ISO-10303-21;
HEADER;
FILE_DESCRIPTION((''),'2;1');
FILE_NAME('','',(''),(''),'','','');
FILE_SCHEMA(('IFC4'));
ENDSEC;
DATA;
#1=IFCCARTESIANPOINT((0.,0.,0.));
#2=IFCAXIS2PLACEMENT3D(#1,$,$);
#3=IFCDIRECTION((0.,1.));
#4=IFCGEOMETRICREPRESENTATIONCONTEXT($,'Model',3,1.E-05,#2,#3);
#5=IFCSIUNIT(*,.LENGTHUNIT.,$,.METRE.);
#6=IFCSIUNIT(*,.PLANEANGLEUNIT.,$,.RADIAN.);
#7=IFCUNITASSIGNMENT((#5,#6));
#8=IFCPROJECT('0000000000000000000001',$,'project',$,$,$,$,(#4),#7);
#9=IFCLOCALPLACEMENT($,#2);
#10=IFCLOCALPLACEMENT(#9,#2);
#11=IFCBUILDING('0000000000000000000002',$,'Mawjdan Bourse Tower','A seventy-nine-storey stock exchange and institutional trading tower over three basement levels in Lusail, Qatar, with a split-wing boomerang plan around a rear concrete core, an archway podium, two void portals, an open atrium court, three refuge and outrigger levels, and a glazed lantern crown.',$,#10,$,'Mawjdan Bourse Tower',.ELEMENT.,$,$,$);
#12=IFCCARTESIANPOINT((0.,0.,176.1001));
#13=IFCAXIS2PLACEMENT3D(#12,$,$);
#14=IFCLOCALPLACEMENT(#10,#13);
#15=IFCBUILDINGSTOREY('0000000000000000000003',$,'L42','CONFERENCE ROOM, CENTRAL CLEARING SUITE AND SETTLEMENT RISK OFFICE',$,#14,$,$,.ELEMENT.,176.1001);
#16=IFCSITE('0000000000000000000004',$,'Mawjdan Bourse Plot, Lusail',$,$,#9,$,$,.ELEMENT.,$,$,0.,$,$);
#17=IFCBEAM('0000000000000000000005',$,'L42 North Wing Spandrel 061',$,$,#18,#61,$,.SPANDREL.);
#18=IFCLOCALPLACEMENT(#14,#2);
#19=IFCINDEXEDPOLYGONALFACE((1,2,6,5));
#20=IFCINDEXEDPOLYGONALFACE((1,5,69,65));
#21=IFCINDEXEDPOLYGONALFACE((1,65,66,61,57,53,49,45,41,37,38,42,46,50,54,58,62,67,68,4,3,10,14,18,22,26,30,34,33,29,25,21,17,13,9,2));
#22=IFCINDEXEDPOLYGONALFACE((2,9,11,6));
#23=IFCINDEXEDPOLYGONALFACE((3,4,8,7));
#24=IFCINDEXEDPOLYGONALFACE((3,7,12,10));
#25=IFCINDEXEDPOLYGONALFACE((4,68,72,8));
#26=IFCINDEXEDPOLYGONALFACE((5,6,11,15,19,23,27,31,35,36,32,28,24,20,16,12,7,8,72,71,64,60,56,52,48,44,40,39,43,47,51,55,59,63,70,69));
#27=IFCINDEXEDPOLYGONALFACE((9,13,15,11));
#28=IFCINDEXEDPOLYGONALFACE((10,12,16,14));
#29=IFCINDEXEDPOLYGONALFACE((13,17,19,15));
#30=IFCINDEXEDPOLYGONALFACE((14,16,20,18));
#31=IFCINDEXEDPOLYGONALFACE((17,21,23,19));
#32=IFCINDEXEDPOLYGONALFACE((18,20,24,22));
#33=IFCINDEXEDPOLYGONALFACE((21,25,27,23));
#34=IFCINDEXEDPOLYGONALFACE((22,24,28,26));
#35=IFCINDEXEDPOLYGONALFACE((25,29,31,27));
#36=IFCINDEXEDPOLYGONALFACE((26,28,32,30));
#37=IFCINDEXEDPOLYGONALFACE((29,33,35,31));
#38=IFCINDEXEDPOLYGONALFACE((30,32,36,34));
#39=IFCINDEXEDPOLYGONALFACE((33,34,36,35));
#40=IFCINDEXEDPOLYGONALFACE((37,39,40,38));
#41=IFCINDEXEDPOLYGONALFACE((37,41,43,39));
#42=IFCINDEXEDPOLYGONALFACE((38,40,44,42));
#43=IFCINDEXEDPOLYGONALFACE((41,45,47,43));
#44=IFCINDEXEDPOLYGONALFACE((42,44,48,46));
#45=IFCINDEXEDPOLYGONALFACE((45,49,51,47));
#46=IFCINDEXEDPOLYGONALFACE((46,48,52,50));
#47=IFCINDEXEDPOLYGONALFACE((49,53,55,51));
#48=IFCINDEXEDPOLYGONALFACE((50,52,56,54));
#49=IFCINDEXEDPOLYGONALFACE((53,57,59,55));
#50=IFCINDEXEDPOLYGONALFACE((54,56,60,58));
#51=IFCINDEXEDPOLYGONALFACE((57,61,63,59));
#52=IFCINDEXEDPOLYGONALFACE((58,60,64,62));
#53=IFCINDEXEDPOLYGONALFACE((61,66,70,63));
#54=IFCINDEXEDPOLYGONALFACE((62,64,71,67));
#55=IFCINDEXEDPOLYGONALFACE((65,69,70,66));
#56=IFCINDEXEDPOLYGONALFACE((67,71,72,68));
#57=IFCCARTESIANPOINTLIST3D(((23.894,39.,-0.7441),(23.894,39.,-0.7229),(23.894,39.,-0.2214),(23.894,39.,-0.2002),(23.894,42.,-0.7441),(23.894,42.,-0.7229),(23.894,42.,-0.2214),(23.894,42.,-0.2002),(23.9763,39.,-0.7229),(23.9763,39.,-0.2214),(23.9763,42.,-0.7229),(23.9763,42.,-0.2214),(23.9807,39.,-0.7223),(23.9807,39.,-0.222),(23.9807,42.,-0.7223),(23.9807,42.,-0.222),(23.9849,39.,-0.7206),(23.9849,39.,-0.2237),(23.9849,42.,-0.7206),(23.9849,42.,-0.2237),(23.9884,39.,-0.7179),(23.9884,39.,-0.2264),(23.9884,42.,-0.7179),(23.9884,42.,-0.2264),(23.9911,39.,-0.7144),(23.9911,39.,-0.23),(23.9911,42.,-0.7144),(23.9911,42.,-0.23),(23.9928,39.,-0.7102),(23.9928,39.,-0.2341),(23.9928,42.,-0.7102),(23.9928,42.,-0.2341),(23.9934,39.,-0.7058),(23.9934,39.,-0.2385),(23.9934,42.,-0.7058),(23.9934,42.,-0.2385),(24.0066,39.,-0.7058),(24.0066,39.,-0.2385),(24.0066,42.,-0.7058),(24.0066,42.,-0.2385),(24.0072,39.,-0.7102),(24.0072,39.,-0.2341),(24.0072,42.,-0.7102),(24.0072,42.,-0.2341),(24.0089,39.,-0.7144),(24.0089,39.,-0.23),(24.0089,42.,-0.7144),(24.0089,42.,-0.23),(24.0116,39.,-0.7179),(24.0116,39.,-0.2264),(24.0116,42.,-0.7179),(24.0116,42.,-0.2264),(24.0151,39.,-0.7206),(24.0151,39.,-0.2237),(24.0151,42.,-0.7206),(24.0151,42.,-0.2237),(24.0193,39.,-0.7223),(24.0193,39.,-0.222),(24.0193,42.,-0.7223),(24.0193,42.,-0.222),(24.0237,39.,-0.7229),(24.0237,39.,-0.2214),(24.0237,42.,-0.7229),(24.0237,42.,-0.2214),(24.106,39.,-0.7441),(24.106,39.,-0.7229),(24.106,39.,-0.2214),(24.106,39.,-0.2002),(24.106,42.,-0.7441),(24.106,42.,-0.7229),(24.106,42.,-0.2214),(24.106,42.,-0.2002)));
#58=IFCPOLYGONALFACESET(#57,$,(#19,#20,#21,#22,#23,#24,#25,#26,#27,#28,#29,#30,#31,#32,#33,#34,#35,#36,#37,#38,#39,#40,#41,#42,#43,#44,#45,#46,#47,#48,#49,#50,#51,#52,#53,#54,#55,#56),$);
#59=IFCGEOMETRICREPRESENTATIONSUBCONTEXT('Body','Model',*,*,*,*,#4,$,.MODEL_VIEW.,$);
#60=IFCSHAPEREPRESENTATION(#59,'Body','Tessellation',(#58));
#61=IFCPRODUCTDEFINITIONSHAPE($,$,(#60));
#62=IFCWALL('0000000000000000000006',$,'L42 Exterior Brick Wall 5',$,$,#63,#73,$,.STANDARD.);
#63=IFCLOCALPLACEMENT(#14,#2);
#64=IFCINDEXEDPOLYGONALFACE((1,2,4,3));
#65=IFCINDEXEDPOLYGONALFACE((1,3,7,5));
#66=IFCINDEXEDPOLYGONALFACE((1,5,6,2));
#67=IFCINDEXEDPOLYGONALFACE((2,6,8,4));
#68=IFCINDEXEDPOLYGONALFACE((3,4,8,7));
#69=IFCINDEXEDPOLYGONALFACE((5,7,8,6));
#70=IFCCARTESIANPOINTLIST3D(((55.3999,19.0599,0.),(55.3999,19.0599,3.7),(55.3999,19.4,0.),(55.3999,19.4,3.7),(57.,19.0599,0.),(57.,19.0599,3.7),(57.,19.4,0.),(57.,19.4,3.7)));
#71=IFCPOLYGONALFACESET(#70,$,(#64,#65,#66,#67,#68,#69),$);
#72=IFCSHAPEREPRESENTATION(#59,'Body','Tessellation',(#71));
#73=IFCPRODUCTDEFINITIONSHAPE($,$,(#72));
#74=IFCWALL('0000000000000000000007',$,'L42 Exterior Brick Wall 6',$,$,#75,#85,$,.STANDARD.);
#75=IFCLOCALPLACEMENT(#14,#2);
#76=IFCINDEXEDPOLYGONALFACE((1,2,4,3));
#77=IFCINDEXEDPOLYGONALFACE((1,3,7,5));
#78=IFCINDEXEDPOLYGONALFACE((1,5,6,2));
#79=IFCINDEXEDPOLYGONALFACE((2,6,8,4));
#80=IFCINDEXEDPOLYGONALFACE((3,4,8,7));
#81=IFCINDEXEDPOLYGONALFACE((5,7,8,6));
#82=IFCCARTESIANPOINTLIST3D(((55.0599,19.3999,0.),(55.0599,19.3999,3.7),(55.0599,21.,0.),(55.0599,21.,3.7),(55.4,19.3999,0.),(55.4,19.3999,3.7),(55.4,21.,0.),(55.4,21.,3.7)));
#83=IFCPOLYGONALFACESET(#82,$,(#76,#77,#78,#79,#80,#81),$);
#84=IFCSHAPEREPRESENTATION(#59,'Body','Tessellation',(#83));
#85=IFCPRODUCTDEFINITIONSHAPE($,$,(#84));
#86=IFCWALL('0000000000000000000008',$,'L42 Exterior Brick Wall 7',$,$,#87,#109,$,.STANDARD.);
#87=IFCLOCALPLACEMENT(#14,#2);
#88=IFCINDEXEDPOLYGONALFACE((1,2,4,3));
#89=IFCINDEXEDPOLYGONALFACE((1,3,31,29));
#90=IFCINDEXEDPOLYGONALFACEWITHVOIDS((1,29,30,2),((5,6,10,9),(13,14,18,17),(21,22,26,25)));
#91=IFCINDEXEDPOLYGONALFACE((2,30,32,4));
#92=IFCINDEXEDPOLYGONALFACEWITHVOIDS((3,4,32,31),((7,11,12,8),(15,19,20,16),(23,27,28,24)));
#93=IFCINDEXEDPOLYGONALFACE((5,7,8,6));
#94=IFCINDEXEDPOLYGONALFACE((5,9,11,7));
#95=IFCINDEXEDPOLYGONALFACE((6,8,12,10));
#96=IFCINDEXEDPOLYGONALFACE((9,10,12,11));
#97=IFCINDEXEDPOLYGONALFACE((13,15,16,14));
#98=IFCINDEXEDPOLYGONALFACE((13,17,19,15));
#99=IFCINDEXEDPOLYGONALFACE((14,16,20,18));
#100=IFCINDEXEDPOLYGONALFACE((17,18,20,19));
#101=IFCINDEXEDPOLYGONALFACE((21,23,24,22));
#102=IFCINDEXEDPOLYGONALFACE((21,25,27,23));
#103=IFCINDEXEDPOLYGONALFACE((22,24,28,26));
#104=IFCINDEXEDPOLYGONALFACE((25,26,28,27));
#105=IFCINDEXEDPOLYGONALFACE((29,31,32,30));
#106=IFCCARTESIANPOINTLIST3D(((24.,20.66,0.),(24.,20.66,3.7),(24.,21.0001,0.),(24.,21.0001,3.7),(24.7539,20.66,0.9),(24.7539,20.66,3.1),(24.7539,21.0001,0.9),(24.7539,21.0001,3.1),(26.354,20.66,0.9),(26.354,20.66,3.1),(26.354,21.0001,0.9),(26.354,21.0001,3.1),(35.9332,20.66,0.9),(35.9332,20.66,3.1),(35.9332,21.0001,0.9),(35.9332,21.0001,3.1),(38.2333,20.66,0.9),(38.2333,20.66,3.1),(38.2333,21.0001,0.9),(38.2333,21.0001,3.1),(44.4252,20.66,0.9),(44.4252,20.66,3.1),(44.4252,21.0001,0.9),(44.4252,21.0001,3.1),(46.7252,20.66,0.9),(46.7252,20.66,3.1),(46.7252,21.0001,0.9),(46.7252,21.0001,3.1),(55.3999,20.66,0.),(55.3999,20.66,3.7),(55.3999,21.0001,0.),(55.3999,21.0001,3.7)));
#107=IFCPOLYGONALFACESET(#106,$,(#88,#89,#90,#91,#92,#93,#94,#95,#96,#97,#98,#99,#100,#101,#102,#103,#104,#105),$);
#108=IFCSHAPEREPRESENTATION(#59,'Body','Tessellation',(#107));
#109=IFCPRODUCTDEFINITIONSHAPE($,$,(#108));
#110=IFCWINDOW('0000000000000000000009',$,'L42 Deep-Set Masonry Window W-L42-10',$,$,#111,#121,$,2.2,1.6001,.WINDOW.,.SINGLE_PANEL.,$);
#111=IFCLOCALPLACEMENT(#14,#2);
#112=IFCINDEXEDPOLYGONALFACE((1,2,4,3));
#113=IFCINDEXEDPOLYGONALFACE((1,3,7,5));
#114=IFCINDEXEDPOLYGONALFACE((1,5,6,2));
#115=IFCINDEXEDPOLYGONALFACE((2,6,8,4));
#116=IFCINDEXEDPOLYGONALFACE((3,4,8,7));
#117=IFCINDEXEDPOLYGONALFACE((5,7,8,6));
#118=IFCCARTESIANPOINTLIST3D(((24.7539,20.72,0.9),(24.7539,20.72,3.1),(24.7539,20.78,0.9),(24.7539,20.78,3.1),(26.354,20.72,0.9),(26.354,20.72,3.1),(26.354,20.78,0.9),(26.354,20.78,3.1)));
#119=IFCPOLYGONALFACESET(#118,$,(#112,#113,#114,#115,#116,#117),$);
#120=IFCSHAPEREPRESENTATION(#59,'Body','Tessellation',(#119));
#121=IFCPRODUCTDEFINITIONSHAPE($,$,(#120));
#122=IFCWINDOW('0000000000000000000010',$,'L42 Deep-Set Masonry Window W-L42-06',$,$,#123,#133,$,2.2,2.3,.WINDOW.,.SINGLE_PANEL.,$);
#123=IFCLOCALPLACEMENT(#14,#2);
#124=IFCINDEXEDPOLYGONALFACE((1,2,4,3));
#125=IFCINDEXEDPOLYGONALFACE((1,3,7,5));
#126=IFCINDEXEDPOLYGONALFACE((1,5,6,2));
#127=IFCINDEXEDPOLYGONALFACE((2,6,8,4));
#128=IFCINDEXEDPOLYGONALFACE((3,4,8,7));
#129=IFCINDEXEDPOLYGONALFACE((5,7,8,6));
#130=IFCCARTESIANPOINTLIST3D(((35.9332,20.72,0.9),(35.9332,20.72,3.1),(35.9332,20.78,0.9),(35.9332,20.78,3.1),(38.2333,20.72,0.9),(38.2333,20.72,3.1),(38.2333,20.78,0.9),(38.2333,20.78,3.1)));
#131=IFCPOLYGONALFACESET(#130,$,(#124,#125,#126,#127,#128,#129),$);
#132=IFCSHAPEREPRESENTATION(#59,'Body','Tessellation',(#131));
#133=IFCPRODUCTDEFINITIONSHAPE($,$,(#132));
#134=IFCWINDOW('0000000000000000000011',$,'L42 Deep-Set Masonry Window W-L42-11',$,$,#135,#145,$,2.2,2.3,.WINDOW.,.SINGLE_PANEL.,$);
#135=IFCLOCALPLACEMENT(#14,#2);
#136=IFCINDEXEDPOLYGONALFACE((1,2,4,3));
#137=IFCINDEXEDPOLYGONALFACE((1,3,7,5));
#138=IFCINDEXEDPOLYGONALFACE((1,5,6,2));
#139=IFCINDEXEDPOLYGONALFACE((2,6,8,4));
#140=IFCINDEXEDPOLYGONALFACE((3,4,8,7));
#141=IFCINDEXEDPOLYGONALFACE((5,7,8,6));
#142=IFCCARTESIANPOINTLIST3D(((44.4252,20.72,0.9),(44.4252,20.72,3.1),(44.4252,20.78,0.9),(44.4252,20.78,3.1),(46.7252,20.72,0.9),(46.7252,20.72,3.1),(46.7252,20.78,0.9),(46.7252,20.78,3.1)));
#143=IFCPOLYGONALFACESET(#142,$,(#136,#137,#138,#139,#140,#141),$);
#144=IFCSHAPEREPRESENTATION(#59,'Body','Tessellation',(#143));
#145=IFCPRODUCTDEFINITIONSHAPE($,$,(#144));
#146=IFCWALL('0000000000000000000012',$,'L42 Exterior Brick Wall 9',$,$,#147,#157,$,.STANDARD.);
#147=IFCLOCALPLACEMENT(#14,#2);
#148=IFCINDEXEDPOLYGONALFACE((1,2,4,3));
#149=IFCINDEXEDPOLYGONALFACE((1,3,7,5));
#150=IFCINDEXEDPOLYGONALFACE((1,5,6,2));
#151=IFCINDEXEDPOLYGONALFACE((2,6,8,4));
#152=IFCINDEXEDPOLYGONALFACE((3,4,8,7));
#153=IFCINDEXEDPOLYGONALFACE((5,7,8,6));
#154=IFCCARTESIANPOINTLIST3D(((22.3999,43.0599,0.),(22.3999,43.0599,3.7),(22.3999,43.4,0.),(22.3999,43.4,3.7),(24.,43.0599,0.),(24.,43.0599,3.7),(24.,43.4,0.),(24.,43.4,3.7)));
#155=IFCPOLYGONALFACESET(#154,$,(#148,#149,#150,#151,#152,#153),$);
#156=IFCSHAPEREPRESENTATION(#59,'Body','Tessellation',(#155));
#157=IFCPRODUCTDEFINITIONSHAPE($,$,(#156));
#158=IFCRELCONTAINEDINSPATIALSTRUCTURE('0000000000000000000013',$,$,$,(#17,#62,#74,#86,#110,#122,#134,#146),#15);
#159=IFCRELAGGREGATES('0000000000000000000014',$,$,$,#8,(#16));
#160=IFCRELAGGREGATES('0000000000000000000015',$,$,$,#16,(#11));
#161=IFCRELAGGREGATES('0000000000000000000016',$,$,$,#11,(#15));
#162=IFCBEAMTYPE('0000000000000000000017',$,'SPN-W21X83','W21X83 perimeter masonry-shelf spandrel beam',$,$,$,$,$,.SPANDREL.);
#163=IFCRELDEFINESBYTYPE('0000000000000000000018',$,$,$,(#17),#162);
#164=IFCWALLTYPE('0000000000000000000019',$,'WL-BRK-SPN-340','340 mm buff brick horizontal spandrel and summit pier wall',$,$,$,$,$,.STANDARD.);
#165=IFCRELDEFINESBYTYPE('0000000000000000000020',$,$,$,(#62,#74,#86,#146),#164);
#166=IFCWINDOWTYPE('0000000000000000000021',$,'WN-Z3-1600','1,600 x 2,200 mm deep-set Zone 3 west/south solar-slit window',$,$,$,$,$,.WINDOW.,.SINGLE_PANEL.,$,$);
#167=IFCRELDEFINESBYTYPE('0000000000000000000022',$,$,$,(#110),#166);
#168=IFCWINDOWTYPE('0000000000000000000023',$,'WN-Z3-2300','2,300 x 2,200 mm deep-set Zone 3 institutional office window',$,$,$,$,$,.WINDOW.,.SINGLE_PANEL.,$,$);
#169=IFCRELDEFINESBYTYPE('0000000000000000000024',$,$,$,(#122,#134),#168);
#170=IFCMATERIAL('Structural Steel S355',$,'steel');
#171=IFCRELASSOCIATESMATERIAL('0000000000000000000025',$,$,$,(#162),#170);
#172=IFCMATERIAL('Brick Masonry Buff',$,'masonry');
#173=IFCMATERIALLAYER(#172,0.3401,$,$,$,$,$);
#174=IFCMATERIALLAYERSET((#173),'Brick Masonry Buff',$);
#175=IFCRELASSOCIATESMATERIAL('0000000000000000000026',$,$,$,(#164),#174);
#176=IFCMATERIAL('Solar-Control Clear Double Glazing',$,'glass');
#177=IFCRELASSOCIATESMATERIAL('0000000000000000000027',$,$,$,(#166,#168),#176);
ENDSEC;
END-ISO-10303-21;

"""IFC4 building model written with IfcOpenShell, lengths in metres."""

from ifc_helpers import new_model, si_unit, direction, frame, frame_2d, origin, origin_2d, place, context, subcontext, project, spatial, rectangle, i_section, extrude, material, layer, layer_set, material_profile, profile_set, type_object, element, fill, save


model = new_model("IFC4")

# Units and contexts
model_context = context("Model", 3, precision=1e-05, world=origin(), true_north=direction((0.0, 1.0)))
body_context = subcontext(model_context, "Body", "Model", "MODEL_VIEW")
ifc_project = project(units=[si_unit("LENGTHUNIT", "METRE"), si_unit("PLANEANGLEUNIT", "RADIAN")], contexts=[model_context])

# Site, building, storey
site_placement = place(None, origin())
site = spatial("IfcSite", under=ifc_project, at=site_placement, Name="Mawjdan Bourse Plot, Lusail", CompositionType="ELEMENT", RefElevation=0.0)
building_placement = place(site_placement, origin())
building = spatial("IfcBuilding", under=site, at=building_placement, Name="Mawjdan Bourse Tower", Description="A seventy-nine-storey stock exchange and institutional trading tower over three basement levels in Lusail, Qatar, with a split-wing boomerang plan around a rear concrete core, an archway podium, two void portals, an open atrium court, three refuge and outrigger levels, and a glazed lantern crown.", LongName="Mawjdan Bourse Tower", CompositionType="ELEMENT")
storey_placement = place(building_placement, frame((0.0, 0.0, 176.1001)))
storey = spatial("IfcBuildingStorey", under=building, at=storey_placement, Name="L42", Description="CONFERENCE ROOM, CENTRAL CLEARING SUITE AND SETTLEMENT RISK OFFICE", CompositionType="ELEMENT", Elevation=176.1001)

# Beam
ifc_material_1 = material(Name="Structural Steel S355", Category="steel")
ifc_material_profile_1 = material_profile(ifc_material_1, i_section(OverallWidth=0.2119, OverallDepth=0.5439, WebThickness=0.0132, FlangeThickness=0.0212, FilletRadius=0.0171, at=origin_2d()), Name="W21X83")
ifc_profile_set_1 = profile_set([ifc_material_profile_1], Name="Structural Steel S355")
beam_type_1 = type_object("IfcBeamType", Name="SPN-W21X83", Description="W21X83 perimeter masonry-shelf spandrel beam", PredefinedType="SPANDREL", material=ifc_profile_set_1)
for number, where, z_axis, x_axis, name in (
    (1, (24.0, 39.0, -0.4722), (0.0, 1.0, 0.0), (-1.0, 0.0, 0.0), "L42 North Wing Spandrel 061"),
):
    element("IfcBeam", number, at=place(storey_placement, frame(where, z_axis=z_axis, x_axis=x_axis)), inside=storey, type_object=beam_type_1, Name=name, PredefinedType="SPANDREL", context=body_context, shape_type="SweptSolid", body=[
        extrude(i_section(OverallWidth=0.2119, OverallDepth=0.5439, WebThickness=0.0132, FlangeThickness=0.0212, FilletRadius=0.0171, at=origin_2d()), origin(), (0.0, 0.0, 1.0), 3.0),
    ])

# Walls
ifc_material_2 = material(Name="Brick Masonry Buff", Category="masonry")
ifc_layer = layer(ifc_material_2, 0.3401)
ifc_layer_set = layer_set([ifc_layer], Name="Brick Masonry Buff")
wall_type = type_object("IfcWallType", Name="WL-BRK-SPN-340", Description="340 mm buff brick horizontal spandrel and summit pier wall", PredefinedType="STANDARD", material=ifc_layer_set)
for number, where, z_axis, x_axis, name in (
    (2, (57.0, 19.23, 0.0), (0.0, 0.0, 1.0), (-1.0, 0.0, 0.0), "L42 Exterior Brick Wall 5"),
    (3, (55.23, 19.3999, 0.0), (0.0, 0.0, 1.0), (0.0, 1.0, 0.0), "L42 Exterior Brick Wall 6"),
):
    element("IfcWall", number, at=place(storey_placement, frame(where, z_axis=z_axis, x_axis=x_axis)), inside=storey, type_object=wall_type, Name=name, PredefinedType="STANDARD", context=body_context, shape_type="SweptSolid", body=[
        extrude(rectangle(XDim=1.6001, YDim=0.3401, at=frame_2d((0.8, 0.0))), origin(), (0.0, 0.0, 1.0), 3.7),
    ])

# Wall, openings, windows
wall_1_placement = place(storey_placement, frame((55.3999, 20.8301, 0.0), z_axis=(0.0, 0.0, 1.0), x_axis=(-1.0, 0.0, 0.0)))
wall_1 = element("IfcWall", 4, at=wall_1_placement, inside=storey, type_object=wall_type, Name="L42 Exterior Brick Wall 7", PredefinedType="STANDARD", context=body_context, shape_type="SweptSolid", body=[
    extrude(rectangle(XDim=31.3999, YDim=0.3401, at=frame_2d((15.7, 0.0))), origin(), (0.0, 0.0, 1.0), 3.7),
])
opening_1_placement = place(wall_1_placement, frame((17.1667, 0.0, 0.8999)))
opening_1 = element("IfcOpeningElement", 5, at=opening_1_placement, cuts=wall_1, PredefinedType="OPENING", context=body_context, shape_type="SweptSolid", body=[
    extrude(rectangle(XDim=2.3, YDim=2.2, at=frame_2d((1.1499, 1.1001))), frame((0.0, 0.1802, 0.0), z_axis=(0.0, -1.0, 0.0), x_axis=(1.0, 0.0, 0.0)), (0.0, 0.0, 1.0), 0.3601),
])
opening_2_placement = place(wall_1_placement, frame((29.0459, 0.0, 0.8999)))
opening_2 = element("IfcOpeningElement", 6, at=opening_2_placement, cuts=wall_1, PredefinedType="OPENING", context=body_context, shape_type="SweptSolid", body=[
    extrude(rectangle(XDim=1.6001, YDim=2.2, at=frame_2d((0.8, 1.1001))), frame((0.0, 0.1802, 0.0), z_axis=(0.0, -1.0, 0.0), x_axis=(1.0, 0.0, 0.0)), (0.0, 0.0, 1.0), 0.3601),
])
opening_3_placement = place(wall_1_placement, frame((8.6748, 0.0, 0.8999)))
opening_3 = element("IfcOpeningElement", 7, at=opening_3_placement, cuts=wall_1, PredefinedType="OPENING", context=body_context, shape_type="SweptSolid", body=[
    extrude(rectangle(XDim=2.3, YDim=2.2, at=frame_2d((1.1499, 1.1001))), frame((0.0, 0.1802, 0.0), z_axis=(0.0, -1.0, 0.0), x_axis=(1.0, 0.0, 0.0)), (0.0, 0.0, 1.0), 0.3601),
])
ifc_material_3 = material(Name="Solar-Control Clear Double Glazing", Category="glass")
window_type_1 = type_object("IfcWindowType", Name="WN-Z3-1600", Description="1,600 x 2,200 mm deep-set Zone 3 west/south solar-slit window", PartitioningType="SINGLE_PANEL", PredefinedType="WINDOW", material=ifc_material_3)
window_1_placement = place(opening_2_placement, origin())
window_1 = element("IfcWindow", 8, at=window_1_placement, inside=storey, type_object=window_type_1, Name="L42 Deep-Set Masonry Window W-L42-10", OverallHeight=2.2, OverallWidth=1.6001, PartitioningType="SINGLE_PANEL", PredefinedType="WINDOW", context=body_context, shape_type="SweptSolid", body=[
    extrude(rectangle(XDim=1.6001, YDim=2.2, at=frame_2d((0.8, 1.1001))), frame((0.0, 0.1101, 0.0), z_axis=(0.0, -1.0, 0.0), x_axis=(1.0, 0.0, 0.0)), (0.0, 0.0, 1.0), 0.0601),
])
fill(opening_2, window_1)
window_type_2 = type_object("IfcWindowType", Name="WN-Z3-2300", Description="2,300 x 2,200 mm deep-set Zone 3 institutional office window", PartitioningType="SINGLE_PANEL", PredefinedType="WINDOW", material=ifc_material_3)
window_2_placement = place(opening_1_placement, origin())
window_2 = element("IfcWindow", 9, at=window_2_placement, inside=storey, type_object=window_type_2, Name="L42 Deep-Set Masonry Window W-L42-06", OverallHeight=2.2, OverallWidth=2.3, PartitioningType="SINGLE_PANEL", PredefinedType="WINDOW", context=body_context, shape_type="SweptSolid", body=[
    extrude(rectangle(XDim=2.3, YDim=2.2, at=frame_2d((1.1499, 1.1001))), frame((0.0, 0.1101, 0.0), z_axis=(0.0, -1.0, 0.0), x_axis=(1.0, 0.0, 0.0)), (0.0, 0.0, 1.0), 0.0601),
])
fill(opening_1, window_2)
window_3_placement = place(opening_3_placement, origin())
window_3 = element("IfcWindow", 10, at=window_3_placement, inside=storey, type_object=window_type_2, Name="L42 Deep-Set Masonry Window W-L42-11", OverallHeight=2.2, OverallWidth=2.3, PartitioningType="SINGLE_PANEL", PredefinedType="WINDOW", context=body_context, shape_type="SweptSolid", body=[
    extrude(rectangle(XDim=2.3, YDim=2.2, at=frame_2d((1.1499, 1.1001))), frame((0.0, 0.1101, 0.0), z_axis=(0.0, -1.0, 0.0), x_axis=(1.0, 0.0, 0.0)), (0.0, 0.0, 1.0), 0.0601),
])
fill(opening_3, window_3)

# Wall
wall_2_placement = place(storey_placement, frame((24.0, 43.23, 0.0), z_axis=(0.0, 0.0, 1.0), x_axis=(-1.0, 0.0, 0.0)))
element("IfcWall", 11, at=wall_2_placement, inside=storey, type_object=wall_type, Name="L42 Exterior Brick Wall 9", PredefinedType="STANDARD", context=body_context, shape_type="SweptSolid", body=[
    extrude(rectangle(XDim=1.6001, YDim=0.3401, at=frame_2d((0.8, 0.0))), origin(), (0.0, 0.0, 1.0), 3.7),
])

save(model, "model.ifc")
